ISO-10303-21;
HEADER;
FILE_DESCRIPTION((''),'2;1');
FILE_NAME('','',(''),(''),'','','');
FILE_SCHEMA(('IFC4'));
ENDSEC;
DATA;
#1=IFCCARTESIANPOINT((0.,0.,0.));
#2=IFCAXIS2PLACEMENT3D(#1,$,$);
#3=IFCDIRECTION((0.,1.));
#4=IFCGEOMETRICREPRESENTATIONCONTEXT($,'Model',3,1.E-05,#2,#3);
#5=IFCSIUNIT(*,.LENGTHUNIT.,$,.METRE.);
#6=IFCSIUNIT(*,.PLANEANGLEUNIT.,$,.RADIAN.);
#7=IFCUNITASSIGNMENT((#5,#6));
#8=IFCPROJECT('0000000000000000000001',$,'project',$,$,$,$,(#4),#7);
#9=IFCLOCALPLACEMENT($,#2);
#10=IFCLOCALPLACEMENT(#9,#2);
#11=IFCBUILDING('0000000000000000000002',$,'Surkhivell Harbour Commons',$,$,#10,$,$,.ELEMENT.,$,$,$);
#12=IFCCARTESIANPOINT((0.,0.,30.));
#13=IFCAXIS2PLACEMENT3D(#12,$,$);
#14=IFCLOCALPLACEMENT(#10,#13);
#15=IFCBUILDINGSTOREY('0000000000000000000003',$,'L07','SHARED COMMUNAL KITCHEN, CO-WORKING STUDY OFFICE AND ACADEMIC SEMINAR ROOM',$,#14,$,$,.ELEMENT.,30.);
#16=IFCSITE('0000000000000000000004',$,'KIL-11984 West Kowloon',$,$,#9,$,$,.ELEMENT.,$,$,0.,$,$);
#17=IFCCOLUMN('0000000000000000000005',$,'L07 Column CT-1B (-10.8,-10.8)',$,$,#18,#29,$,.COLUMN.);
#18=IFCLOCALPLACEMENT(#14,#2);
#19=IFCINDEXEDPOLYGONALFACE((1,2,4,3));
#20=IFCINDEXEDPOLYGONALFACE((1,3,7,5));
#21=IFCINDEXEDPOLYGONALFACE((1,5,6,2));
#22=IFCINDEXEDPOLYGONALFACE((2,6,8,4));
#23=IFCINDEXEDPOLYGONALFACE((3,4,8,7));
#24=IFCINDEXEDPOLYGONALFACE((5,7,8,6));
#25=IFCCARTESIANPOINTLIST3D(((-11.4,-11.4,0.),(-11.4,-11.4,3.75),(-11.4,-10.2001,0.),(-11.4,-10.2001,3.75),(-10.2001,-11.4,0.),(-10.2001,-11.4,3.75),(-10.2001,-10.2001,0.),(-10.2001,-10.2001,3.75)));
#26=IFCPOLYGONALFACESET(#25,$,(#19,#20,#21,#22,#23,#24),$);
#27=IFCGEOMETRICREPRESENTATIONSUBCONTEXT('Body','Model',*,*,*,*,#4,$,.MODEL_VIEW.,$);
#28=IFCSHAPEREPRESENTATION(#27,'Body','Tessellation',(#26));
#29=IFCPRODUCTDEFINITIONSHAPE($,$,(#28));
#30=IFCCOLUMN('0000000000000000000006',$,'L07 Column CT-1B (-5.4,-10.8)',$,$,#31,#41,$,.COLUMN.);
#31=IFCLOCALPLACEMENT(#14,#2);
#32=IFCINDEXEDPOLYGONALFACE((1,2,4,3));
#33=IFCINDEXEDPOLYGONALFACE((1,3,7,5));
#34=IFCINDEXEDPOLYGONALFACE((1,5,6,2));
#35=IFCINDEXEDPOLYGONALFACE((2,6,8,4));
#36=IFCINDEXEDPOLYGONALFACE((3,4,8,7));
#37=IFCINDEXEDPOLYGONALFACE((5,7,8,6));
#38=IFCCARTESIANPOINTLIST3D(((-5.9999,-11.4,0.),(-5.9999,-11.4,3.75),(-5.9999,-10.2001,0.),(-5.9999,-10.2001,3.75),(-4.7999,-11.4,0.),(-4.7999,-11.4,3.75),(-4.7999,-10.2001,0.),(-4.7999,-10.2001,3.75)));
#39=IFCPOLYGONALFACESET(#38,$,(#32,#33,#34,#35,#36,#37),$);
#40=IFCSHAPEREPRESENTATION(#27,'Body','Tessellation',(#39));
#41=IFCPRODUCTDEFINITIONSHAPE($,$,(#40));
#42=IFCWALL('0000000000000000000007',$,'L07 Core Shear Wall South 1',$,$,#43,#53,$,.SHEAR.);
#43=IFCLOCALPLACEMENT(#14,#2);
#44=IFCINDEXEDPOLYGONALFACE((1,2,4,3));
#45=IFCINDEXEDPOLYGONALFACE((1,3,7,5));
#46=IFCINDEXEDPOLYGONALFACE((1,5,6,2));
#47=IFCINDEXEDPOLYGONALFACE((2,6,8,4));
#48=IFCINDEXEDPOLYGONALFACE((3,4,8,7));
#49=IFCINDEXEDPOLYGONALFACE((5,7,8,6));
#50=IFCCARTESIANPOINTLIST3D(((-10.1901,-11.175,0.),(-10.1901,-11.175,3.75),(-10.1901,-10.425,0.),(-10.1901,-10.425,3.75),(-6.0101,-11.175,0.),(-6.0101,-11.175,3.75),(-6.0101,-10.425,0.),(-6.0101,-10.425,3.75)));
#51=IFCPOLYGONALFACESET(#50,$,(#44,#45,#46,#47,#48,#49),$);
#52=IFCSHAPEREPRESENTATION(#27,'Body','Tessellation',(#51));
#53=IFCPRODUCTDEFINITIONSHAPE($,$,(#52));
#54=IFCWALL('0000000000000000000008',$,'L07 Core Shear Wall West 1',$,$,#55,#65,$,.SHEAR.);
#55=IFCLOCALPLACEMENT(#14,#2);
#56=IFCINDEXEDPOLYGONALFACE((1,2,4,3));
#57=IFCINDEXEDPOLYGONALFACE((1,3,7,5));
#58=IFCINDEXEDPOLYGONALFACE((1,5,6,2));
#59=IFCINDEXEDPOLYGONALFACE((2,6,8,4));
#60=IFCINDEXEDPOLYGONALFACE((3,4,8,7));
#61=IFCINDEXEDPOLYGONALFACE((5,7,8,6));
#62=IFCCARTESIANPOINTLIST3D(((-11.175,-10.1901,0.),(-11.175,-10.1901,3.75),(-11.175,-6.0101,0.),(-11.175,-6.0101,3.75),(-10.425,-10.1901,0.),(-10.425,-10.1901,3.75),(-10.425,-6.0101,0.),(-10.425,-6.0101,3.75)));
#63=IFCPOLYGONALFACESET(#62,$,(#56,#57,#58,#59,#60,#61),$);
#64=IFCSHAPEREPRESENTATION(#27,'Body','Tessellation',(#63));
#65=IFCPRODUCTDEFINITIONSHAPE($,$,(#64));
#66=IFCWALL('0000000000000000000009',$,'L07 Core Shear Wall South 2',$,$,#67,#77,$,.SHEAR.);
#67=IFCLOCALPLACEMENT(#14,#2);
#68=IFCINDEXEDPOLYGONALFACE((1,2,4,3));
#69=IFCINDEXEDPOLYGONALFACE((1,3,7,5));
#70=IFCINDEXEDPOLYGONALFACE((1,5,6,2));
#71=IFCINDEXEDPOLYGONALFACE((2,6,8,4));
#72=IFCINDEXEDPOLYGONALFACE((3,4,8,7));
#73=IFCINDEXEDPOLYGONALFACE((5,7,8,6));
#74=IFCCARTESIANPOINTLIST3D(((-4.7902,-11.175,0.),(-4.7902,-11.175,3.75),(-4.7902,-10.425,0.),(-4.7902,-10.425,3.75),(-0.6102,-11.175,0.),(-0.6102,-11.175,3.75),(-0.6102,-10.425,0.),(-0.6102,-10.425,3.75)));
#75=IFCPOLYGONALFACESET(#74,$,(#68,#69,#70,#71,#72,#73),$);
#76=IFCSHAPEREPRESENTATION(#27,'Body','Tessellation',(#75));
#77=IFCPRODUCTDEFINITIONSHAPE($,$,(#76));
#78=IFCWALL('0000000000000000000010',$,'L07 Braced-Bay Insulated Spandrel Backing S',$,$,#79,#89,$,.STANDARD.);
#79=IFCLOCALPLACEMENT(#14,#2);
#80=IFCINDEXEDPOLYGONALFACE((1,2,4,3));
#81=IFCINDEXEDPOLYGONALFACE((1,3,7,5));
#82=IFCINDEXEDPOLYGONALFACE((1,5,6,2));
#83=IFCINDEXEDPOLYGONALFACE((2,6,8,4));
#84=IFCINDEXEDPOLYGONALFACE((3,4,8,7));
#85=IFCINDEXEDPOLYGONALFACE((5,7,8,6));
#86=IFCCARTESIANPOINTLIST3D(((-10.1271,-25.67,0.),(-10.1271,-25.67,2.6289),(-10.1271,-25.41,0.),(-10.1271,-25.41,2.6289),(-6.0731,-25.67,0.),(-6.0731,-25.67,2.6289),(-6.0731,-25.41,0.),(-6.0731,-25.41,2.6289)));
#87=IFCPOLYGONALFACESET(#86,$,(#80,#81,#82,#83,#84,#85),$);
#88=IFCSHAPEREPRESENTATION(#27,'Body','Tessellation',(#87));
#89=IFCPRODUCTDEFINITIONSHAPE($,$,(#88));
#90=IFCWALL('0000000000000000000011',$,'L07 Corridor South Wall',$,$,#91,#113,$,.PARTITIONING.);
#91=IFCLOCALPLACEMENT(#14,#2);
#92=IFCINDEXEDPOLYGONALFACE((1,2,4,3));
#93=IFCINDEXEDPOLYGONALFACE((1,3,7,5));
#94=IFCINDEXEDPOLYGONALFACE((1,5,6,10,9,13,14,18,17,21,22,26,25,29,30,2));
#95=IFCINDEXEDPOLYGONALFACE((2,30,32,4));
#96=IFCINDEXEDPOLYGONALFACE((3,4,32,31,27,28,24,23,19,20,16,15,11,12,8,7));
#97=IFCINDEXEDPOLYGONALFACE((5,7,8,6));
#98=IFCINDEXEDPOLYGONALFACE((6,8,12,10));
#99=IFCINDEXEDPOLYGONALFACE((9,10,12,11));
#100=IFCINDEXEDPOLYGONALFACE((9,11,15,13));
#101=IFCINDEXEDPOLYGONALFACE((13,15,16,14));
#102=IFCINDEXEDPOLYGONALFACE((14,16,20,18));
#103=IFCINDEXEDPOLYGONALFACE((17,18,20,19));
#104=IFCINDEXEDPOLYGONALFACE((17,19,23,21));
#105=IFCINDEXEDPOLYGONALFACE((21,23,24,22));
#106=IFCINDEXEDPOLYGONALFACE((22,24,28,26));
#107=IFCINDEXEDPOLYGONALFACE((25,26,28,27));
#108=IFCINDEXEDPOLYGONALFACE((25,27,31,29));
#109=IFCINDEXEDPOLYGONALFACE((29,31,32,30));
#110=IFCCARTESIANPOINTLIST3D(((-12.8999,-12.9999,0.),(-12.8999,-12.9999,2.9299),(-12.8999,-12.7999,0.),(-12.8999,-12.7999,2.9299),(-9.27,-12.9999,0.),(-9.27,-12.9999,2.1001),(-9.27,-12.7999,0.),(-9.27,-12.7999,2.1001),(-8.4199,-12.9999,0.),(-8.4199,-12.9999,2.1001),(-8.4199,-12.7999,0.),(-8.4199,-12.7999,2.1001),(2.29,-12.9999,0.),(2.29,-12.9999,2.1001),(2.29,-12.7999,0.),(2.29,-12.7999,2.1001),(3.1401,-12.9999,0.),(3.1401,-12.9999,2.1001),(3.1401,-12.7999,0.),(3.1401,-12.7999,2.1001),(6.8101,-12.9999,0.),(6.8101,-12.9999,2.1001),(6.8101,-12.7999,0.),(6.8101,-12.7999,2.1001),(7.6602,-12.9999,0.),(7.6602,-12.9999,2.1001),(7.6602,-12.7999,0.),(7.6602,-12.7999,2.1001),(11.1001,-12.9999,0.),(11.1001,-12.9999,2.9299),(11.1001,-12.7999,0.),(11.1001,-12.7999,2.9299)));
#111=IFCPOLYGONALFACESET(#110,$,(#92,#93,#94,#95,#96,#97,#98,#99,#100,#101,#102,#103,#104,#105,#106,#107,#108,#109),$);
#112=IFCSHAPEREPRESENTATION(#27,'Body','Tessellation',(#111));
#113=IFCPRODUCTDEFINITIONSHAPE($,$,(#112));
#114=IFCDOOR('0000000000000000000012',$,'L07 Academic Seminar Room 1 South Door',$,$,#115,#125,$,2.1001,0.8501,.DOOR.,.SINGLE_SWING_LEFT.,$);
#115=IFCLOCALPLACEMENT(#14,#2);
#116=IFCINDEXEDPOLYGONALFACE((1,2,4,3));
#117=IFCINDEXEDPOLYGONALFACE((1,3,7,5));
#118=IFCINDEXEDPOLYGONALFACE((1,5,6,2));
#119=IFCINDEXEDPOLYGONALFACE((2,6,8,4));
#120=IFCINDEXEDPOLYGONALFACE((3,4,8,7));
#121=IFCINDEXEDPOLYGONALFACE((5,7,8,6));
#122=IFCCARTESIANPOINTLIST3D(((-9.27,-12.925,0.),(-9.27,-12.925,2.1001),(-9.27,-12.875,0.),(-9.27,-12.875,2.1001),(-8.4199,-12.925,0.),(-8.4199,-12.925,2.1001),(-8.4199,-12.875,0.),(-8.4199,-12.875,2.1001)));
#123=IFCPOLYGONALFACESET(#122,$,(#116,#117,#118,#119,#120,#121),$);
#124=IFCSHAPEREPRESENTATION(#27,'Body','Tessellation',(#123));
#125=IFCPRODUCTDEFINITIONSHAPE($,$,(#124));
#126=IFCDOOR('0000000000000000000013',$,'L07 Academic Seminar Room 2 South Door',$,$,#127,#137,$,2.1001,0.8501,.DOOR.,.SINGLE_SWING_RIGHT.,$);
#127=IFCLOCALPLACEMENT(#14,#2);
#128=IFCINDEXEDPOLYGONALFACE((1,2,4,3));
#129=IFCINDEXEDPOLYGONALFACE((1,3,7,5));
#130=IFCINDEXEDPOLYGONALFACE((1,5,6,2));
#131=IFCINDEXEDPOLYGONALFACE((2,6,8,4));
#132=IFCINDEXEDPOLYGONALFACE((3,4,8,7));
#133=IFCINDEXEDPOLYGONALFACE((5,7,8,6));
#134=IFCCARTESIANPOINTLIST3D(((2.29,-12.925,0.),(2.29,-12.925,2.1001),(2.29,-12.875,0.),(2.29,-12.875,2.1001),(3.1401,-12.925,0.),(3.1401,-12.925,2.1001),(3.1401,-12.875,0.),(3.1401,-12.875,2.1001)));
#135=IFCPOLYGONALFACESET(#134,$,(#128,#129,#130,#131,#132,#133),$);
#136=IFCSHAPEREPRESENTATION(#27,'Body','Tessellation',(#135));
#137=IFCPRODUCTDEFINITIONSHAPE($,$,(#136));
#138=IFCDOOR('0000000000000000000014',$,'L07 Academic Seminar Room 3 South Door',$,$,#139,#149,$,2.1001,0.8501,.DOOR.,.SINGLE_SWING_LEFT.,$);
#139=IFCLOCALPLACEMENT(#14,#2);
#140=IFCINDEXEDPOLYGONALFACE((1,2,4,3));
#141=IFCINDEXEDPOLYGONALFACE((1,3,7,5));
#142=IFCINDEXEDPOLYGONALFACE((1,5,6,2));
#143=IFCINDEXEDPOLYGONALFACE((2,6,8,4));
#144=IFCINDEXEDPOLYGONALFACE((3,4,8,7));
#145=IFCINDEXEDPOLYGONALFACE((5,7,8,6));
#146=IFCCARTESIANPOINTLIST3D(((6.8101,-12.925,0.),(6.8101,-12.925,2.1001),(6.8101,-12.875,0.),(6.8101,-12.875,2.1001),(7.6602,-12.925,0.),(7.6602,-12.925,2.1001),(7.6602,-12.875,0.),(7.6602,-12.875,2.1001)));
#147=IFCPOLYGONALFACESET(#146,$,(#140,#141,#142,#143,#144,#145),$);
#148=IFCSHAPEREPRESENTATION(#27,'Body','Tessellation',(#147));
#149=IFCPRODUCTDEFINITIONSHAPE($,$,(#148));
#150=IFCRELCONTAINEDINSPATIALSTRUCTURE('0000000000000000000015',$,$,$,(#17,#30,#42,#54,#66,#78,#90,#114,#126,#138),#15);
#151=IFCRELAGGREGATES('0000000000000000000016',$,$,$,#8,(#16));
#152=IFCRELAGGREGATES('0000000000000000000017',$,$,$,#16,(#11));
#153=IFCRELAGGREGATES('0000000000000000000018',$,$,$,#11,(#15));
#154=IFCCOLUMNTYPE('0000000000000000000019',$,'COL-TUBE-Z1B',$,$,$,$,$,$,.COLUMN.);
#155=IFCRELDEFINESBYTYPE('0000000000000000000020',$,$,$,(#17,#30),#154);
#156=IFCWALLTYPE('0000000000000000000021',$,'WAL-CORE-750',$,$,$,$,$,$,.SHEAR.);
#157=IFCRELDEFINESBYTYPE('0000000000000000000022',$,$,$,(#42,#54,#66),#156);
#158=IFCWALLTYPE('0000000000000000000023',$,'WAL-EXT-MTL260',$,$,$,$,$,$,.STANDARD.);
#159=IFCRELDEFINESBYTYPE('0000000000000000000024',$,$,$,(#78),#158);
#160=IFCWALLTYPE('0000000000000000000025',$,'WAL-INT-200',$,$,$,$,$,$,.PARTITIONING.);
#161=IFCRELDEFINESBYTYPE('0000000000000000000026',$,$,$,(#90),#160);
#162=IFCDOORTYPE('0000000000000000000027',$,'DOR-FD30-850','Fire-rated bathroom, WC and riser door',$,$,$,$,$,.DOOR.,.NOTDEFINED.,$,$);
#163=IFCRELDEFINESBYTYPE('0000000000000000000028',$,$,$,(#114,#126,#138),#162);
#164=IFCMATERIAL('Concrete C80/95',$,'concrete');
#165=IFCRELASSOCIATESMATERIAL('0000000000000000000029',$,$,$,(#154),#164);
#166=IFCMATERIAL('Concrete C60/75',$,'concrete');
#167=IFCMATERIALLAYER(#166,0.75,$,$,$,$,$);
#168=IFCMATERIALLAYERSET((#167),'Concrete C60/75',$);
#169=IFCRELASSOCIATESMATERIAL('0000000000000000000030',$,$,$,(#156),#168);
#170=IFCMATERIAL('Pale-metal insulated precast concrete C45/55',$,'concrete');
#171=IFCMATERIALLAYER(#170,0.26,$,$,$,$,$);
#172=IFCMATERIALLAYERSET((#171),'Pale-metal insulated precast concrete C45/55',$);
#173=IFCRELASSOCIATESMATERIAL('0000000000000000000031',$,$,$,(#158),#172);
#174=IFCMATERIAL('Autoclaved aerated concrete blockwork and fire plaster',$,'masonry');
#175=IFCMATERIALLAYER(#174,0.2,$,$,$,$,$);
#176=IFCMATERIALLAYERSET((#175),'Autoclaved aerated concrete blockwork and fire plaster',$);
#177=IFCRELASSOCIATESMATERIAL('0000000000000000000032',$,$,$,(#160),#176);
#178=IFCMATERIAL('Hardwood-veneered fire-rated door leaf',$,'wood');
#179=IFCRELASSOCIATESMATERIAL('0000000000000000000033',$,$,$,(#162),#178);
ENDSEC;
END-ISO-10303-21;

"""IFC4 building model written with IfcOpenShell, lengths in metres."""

from ifc_helpers import new_model, si_unit, direction, frame, frame_2d, origin, origin_2d, place, context, subcontext, project, spatial, rectangle, extrude, material, layer, layer_set, material_profile, profile_set, type_object, element, fill, save


model = new_model("IFC4")

# Units and contexts
model_context = context("Model", 3, precision=1e-05, world=origin(), true_north=direction((0.0, 1.0)))
body_context = subcontext(model_context, "Body", "Model", "MODEL_VIEW")
ifc_project = project(units=[si_unit("LENGTHUNIT", "METRE"), si_unit("PLANEANGLEUNIT", "RADIAN")], contexts=[model_context])

# Site, building, storey
site_placement = place(None, origin())
site = spatial("IfcSite", under=ifc_project, at=site_placement, Name="KIL-11984 West Kowloon", CompositionType="ELEMENT", RefElevation=0.0)
building_placement = place(site_placement, origin())
building = spatial("IfcBuilding", under=site, at=building_placement, Name="Surkhivell Harbour Commons", CompositionType="ELEMENT")
storey_placement = place(building_placement, frame((0.0, 0.0, 30.0)))
storey = spatial("IfcBuildingStorey", under=building, at=storey_placement, Name="L07", Description="SHARED COMMUNAL KITCHEN, CO-WORKING STUDY OFFICE AND ACADEMIC SEMINAR ROOM", CompositionType="ELEMENT", Elevation=30.0)

# Columns
ifc_material_1 = material(Name="Concrete C80/95", Category="concrete")
ifc_material_profile = material_profile(ifc_material_1, rectangle(XDim=1.2, YDim=1.2, at=origin_2d()), Name="RC-COL-1200x1200")
ifc_profile_set = profile_set([ifc_material_profile], Name="Concrete C80/95")
column_type = type_object("IfcColumnType", Name="COL-TUBE-Z1B", PredefinedType="COLUMN", material=ifc_profile_set)
for number, where, z_axis, x_axis, name in (
    (1, (-10.8, -10.8, 0.0), (0.0, 0.0, 1.0), (1.0, 0.0, 0.0), "L07 Column CT-1B (-10.8,-10.8)"),
    (2, (-5.3999, -10.8, 0.0), (0.0, 0.0, 1.0), (1.0, 0.0, 0.0), "L07 Column CT-1B (-5.4,-10.8)"),
):
    element("IfcColumn", number, at=place(storey_placement, frame(where, z_axis=z_axis, x_axis=x_axis)), inside=storey, type_object=column_type, Name=name, PredefinedType="COLUMN", context=body_context, shape_type="SweptSolid", body=[
        extrude(rectangle(XDim=1.2, YDim=1.2, at=origin_2d()), origin(), (0.0, 0.0, 1.0), 3.75),
    ])

# Walls
ifc_material_2 = material(Name="Concrete C60/75", Category="concrete")
ifc_layer_1 = layer(ifc_material_2, 0.75)
ifc_layer_set_1 = layer_set([ifc_layer_1], Name="Concrete C60/75")
wall_type_1 = type_object("IfcWallType", Name="WAL-CORE-750", PredefinedType="SHEAR", material=ifc_layer_set_1)
for number, where, z_axis, x_axis, name in (
    (3, (-10.1899, -10.8, 0.0), (0.0, 0.0, 1.0), (1.0, 0.0, 0.0), "L07 Core Shear Wall South 1"),
    (4, (-10.8, -10.1899, 0.0), (0.0, 0.0, 1.0), (0.0, 1.0, 0.0), "L07 Core Shear Wall West 1"),
    (5, (-4.79, -10.8, 0.0), (0.0, 0.0, 1.0), (1.0, 0.0, 0.0), "L07 Core Shear Wall South 2"),
):
    element("IfcWall", number, at=place(storey_placement, frame(where, z_axis=z_axis, x_axis=x_axis)), inside=storey, type_object=wall_type_1, Name=name, PredefinedType="SHEAR", context=body_context, shape_type="SweptSolid", body=[
        extrude(rectangle(XDim=4.1799, YDim=0.75, at=frame_2d((2.0898, 0.0))), origin(), (0.0, 0.0, 1.0), 3.75),
    ])
ifc_material_3 = material(Name="Pale-metal insulated precast concrete C45/55", Category="concrete")
ifc_layer_2 = layer(ifc_material_3, 0.26)
ifc_layer_set_2 = layer_set([ifc_layer_2], Name="Pale-metal insulated precast concrete C45/55")
wall_type_2 = type_object("IfcWallType", Name="WAL-EXT-MTL260", PredefinedType="STANDARD", material=ifc_layer_set_2)
wall_1_placement = place(storey_placement, frame((-10.127, -25.54, 0.0), z_axis=(0.0, 0.0, 1.0), x_axis=(1.0, 0.0, 0.0)))
element("IfcWall", 6, at=wall_1_placement, inside=storey, type_object=wall_type_2, Name="L07 Braced-Bay Insulated Spandrel Backing S", PredefinedType="STANDARD", context=body_context, shape_type="SweptSolid", body=[
    extrude(rectangle(XDim=4.054, YDim=0.26, at=frame_2d((2.0269, 0.0))), origin(), (0.0, 0.0, 1.0), 2.6289),
])

# Wall, openings, doors
ifc_material_4 = material(Name="Autoclaved aerated concrete blockwork and fire plaster", Category="masonry")
ifc_layer_3 = layer(ifc_material_4, 0.2)
ifc_layer_set_3 = layer_set([ifc_layer_3], Name="Autoclaved aerated concrete blockwork and fire plaster")
wall_type_3 = type_object("IfcWallType", Name="WAL-INT-200", PredefinedType="PARTITIONING", material=ifc_layer_set_3)
wall_2_placement = place(storey_placement, frame((-12.8999, -12.8999, 0.0), z_axis=(0.0, 0.0, 1.0), x_axis=(1.0, 0.0, 0.0)))
wall_2 = element("IfcWall", 7, at=wall_2_placement, inside=storey, type_object=wall_type_3, Name="L07 Corridor South Wall", PredefinedType="PARTITIONING", context=body_context, shape_type="SweptSolid", body=[
    extrude(rectangle(XDim=24.0, YDim=0.2, at=frame_2d((12.0, 0.0))), origin(), (0.0, 0.0, 1.0), 2.9299),
])
opening_1_placement = place(wall_2_placement, frame((3.6299, 0.0, 0.0)))
opening_1 = element("IfcOpeningElement", 8, at=opening_1_placement, cuts=wall_2, PredefinedType="OPENING", context=body_context, shape_type="SweptSolid", body=[
    extrude(rectangle(XDim=0.8501, YDim=2.1001, at=frame_2d((0.425, 1.05))), frame((0.0, 0.1099, 0.0), z_axis=(0.0, -1.0, 0.0), x_axis=(1.0, 0.0, 0.0)), (0.0, 0.0, 1.0), 0.22),
])
opening_2_placement = place(wall_2_placement, frame((15.1899, 0.0, 0.0)))
opening_2 = element("IfcOpeningElement", 9, at=opening_2_placement, cuts=wall_2, PredefinedType="OPENING", context=body_context, shape_type="SweptSolid", body=[
    extrude(rectangle(XDim=0.8501, YDim=2.1001, at=frame_2d((0.425, 1.05))), frame((0.0, 0.1099, 0.0), z_axis=(0.0, -1.0, 0.0), x_axis=(1.0, 0.0, 0.0)), (0.0, 0.0, 1.0), 0.22),
])
opening_3_placement = place(wall_2_placement, frame((19.71, 0.0, 0.0)))
opening_3 = element("IfcOpeningElement", 10, at=opening_3_placement, cuts=wall_2, PredefinedType="OPENING", context=body_context, shape_type="SweptSolid", body=[
    extrude(rectangle(XDim=0.8501, YDim=2.1001, at=frame_2d((0.425, 1.05))), frame((0.0, 0.1099, 0.0), z_axis=(0.0, -1.0, 0.0), x_axis=(1.0, 0.0, 0.0)), (0.0, 0.0, 1.0), 0.22),
])
ifc_material_5 = material(Name="Hardwood-veneered fire-rated door leaf", Category="wood")
door_type_1 = type_object("IfcDoorType", Name="DOR-FD30-850", Description="Fire-rated bathroom, WC and riser door", OperationType="NOTDEFINED", PredefinedType="DOOR", material=ifc_material_5)
door_1_placement = place(opening_1_placement, origin())
door_1 = element("IfcDoor", 11, at=door_1_placement, inside=storey, type_object=door_type_1, Name="L07 Academic Seminar Room 1 South Door", OperationType="SINGLE_SWING_LEFT", OverallHeight=2.1001, OverallWidth=0.8501, PredefinedType="DOOR", context=body_context, shape_type="SweptSolid", body=[
    extrude(rectangle(XDim=0.8501, YDim=2.1001, at=frame_2d((0.425, 1.05))), frame((0.0, 0.0249, 0.0), z_axis=(0.0, -1.0, 0.0), x_axis=(1.0, 0.0, 0.0)), (0.0, 0.0, 1.0), 0.05),
])
fill(opening_1, door_1)
door_2_placement = place(opening_2_placement, origin())
door_2 = element("IfcDoor", 12, at=door_2_placement, inside=storey, type_object=door_type_1, Name="L07 Academic Seminar Room 2 South Door", OperationType="SINGLE_SWING_RIGHT", OverallHeight=2.1001, OverallWidth=0.8501, PredefinedType="DOOR", context=body_context, shape_type="SweptSolid", body=[
    extrude(rectangle(XDim=0.8501, YDim=2.1001, at=frame_2d((0.425, 1.05))), frame((0.0, 0.0249, 0.0), z_axis=(0.0, -1.0, 0.0), x_axis=(1.0, 0.0, 0.0)), (0.0, 0.0, 1.0), 0.05),
])
fill(opening_2, door_2)
door_3_placement = place(opening_3_placement, origin())
door_3 = element("IfcDoor", 13, at=door_3_placement, inside=storey, type_object=door_type_1, Name="L07 Academic Seminar Room 3 South Door", OperationType="SINGLE_SWING_LEFT", OverallHeight=2.1001, OverallWidth=0.8501, PredefinedType="DOOR", context=body_context, shape_type="SweptSolid", body=[
    extrude(rectangle(XDim=0.8501, YDim=2.1001, at=frame_2d((0.425, 1.05))), frame((0.0, 0.0249, 0.0), z_axis=(0.0, -1.0, 0.0), x_axis=(1.0, 0.0, 0.0)), (0.0, 0.0, 1.0), 0.05),
])
fill(opening_3, door_3)

save(model, "model.ifc")
